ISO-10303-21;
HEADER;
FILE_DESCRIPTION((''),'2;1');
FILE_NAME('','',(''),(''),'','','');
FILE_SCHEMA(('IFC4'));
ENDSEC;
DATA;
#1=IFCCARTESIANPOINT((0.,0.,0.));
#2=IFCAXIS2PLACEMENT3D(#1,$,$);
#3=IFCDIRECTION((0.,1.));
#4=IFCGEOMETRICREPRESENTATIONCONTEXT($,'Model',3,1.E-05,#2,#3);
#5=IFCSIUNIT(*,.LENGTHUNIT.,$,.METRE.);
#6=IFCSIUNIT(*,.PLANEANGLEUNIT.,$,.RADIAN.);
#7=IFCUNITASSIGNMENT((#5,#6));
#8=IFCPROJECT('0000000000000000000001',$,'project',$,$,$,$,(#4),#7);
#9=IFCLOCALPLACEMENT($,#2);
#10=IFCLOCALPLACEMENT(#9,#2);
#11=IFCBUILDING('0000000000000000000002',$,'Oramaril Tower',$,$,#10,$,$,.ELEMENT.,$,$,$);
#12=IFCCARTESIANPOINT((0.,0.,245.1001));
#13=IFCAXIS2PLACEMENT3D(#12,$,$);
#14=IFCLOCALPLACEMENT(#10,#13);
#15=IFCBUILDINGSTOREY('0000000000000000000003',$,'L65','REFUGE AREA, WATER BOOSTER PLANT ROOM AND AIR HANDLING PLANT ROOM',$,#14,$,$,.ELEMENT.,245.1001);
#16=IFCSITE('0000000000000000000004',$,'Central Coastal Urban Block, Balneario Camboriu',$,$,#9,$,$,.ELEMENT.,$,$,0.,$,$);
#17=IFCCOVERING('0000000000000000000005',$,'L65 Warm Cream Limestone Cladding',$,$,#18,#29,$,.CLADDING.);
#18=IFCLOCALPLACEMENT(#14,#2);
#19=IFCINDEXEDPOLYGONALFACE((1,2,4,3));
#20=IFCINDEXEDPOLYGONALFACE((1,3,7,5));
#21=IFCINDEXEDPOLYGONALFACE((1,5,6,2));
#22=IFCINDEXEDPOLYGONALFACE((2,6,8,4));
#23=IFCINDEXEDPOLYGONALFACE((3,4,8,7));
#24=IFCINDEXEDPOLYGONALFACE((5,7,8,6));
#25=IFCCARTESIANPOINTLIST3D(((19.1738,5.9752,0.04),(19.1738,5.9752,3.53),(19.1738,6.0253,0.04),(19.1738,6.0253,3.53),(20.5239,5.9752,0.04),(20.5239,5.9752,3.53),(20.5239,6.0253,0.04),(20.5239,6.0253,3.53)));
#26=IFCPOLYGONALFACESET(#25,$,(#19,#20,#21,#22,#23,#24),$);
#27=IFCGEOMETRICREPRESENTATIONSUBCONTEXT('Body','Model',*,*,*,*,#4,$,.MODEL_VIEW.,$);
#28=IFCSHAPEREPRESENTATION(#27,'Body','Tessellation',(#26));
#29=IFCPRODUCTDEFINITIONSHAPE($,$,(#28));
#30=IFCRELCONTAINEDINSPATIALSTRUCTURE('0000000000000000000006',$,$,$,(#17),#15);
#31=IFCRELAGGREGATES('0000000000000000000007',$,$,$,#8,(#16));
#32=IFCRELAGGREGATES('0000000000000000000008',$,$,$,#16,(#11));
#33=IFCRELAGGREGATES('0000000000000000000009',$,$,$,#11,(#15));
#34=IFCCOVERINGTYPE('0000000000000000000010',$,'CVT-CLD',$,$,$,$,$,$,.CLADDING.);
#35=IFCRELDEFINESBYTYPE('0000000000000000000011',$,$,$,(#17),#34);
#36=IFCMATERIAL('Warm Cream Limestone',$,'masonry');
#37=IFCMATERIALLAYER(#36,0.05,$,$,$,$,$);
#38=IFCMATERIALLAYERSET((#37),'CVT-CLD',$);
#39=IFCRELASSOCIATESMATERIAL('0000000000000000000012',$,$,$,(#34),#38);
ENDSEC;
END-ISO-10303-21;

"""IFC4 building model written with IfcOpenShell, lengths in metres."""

from ifc_helpers import new_model, si_unit, direction, frame, origin, origin_2d, place, context, subcontext, project, spatial, rectangle, extrude, material, layer, layer_set, type_object, element, save


model = new_model("IFC4")

# Units and contexts
model_context = context("Model", 3, precision=1e-05, world=origin(), true_north=direction((0.0, 1.0)))
body_context = subcontext(model_context, "Body", "Model", "MODEL_VIEW")
ifc_project = project(units=[si_unit("LENGTHUNIT", "METRE"), si_unit("PLANEANGLEUNIT", "RADIAN")], contexts=[model_context])

# Site, building, storey
site_placement = place(None, origin())
site = spatial("IfcSite", under=ifc_project, at=site_placement, Name="Central Coastal Urban Block, Balneario Camboriu", CompositionType="ELEMENT", RefElevation=0.0)
building_placement = place(site_placement, origin())
building = spatial("IfcBuilding", under=site, at=building_placement, Name="Oramaril Tower", CompositionType="ELEMENT")
storey_placement = place(building_placement, frame((0.0, 0.0, 245.1001)))
storey = spatial("IfcBuildingStorey", under=building, at=storey_placement, Name="L65", Description="REFUGE AREA, WATER BOOSTER PLANT ROOM AND AIR HANDLING PLANT ROOM", CompositionType="ELEMENT", Elevation=245.1001)

# Covering
ifc_material_1 = material(Name="Warm Cream Limestone", Category="masonry")
ifc_layer_1 = layer(ifc_material_1, 0.05)
ifc_layer_set_1 = layer_set([ifc_layer_1], Name="CVT-CLD")
covering_type = type_object("IfcCoveringType", Name="CVT-CLD", PredefinedType="CLADDING", material=ifc_layer_set_1)
covering_placement = place(storey_placement, frame((19.8489, 6.0002, 0.04), z_axis=(0.0, 0.0, 1.0), x_axis=(1.0, 0.0, 0.0)))
element("IfcCovering", 1, at=covering_placement, inside=storey, type_object=covering_type, Name="L65 Warm Cream Limestone Cladding", PredefinedType="CLADDING", context=body_context, shape_type="SweptSolid", body=[
    extrude(rectangle(XDim=1.3501, YDim=0.05, at=origin_2d()), origin(), (0.0, 0.0, 1.0), 3.49),
])

save(model, "model.ifc")
